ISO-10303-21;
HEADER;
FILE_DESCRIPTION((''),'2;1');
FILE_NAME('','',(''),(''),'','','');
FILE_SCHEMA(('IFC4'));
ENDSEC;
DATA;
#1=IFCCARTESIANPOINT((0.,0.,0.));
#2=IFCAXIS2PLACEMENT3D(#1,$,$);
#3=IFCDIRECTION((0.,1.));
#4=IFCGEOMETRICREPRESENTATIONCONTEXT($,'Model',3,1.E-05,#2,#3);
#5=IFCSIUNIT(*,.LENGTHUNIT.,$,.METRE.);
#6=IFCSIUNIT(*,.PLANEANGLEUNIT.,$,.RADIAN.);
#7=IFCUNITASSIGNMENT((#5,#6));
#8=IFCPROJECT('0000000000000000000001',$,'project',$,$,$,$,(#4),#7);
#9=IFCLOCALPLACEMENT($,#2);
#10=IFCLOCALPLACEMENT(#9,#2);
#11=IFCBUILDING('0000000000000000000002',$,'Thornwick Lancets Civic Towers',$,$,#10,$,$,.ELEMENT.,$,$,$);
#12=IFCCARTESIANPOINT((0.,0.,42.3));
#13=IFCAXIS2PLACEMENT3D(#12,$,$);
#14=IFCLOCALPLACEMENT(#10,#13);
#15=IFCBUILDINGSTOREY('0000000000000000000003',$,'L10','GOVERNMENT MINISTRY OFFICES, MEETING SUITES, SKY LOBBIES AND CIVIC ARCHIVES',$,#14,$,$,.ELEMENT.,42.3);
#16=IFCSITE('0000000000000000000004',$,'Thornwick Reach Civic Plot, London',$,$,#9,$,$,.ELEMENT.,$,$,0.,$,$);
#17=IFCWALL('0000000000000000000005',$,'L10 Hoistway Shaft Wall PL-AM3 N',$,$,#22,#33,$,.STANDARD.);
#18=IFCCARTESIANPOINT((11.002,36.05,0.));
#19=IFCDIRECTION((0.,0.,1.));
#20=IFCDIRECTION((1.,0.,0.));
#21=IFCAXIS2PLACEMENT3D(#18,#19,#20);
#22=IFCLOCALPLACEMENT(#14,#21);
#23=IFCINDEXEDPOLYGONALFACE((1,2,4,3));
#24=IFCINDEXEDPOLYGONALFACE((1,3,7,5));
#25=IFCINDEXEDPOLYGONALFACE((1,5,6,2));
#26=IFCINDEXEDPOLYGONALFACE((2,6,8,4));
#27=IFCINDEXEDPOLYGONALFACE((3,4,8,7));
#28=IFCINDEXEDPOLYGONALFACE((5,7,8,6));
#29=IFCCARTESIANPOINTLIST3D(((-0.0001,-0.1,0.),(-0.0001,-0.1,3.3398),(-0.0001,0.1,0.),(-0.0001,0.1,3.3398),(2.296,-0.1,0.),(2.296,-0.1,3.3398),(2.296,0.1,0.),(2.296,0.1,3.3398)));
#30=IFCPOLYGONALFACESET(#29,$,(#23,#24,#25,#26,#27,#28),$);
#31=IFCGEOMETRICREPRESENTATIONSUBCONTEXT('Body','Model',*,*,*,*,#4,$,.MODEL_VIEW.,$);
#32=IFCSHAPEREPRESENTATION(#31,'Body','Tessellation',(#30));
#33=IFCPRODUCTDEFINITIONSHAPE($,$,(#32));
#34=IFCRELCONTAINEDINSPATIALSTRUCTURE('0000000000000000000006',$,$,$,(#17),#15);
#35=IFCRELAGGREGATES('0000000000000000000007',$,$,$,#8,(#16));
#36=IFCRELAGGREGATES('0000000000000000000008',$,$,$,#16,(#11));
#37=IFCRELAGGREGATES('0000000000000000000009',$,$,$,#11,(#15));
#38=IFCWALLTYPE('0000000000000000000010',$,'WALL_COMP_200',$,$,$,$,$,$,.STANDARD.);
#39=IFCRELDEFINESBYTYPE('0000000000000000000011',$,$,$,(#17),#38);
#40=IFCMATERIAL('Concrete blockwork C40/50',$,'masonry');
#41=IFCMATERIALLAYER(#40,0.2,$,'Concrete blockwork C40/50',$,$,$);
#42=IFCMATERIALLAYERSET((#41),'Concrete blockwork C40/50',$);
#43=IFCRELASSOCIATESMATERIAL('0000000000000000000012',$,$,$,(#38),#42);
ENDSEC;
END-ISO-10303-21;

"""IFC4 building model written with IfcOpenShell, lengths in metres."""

from ifc_helpers import new_model, si_unit, direction, frame, frame_2d, origin, place, context, subcontext, project, spatial, rectangle, extrude, material, layer, layer_set, type_object, element, save


model = new_model("IFC4")

# Units and contexts
model_context = context("Model", 3, precision=1e-05, world=origin(), true_north=direction((0.0, 1.0)))
body_context = subcontext(model_context, "Body", "Model", "MODEL_VIEW")
ifc_project = project(units=[si_unit("LENGTHUNIT", "METRE"), si_unit("PLANEANGLEUNIT", "RADIAN")], contexts=[model_context])

# Site, building, storey
site_placement = place(None, origin())
site = spatial("IfcSite", under=ifc_project, at=site_placement, Name="Thornwick Reach Civic Plot, London", CompositionType="ELEMENT", RefElevation=0.0)
building_placement = place(site_placement, origin())
building = spatial("IfcBuilding", under=site, at=building_placement, Name="Thornwick Lancets Civic Towers", CompositionType="ELEMENT")
storey_placement = place(building_placement, frame((0.0, 0.0, 42.3)))
storey = spatial("IfcBuildingStorey", under=building, at=storey_placement, Name="L10", Description="GOVERNMENT MINISTRY OFFICES, MEETING SUITES, SKY LOBBIES AND CIVIC ARCHIVES", CompositionType="ELEMENT", Elevation=42.3)

# Wall
ifc_material_1 = material(Name="Concrete blockwork C40/50", Category="masonry")
ifc_layer_1 = layer(ifc_material_1, 0.2, Name="Concrete blockwork C40/50")
ifc_layer_set_1 = layer_set([ifc_layer_1], Name="Concrete blockwork C40/50")
wall_type_1 = type_object("IfcWallType", Name="WALL_COMP_200", PredefinedType="STANDARD", material=ifc_layer_set_1)
wall_1_placement = place(storey_placement, frame((11.002, 36.05, 0.0), z_axis=(0.0, 0.0, 1.0), x_axis=(1.0, 0.0, 0.0)))
element("IfcWall", 1, at=wall_1_placement, inside=storey, type_object=wall_type_1, Name="L10 Hoistway Shaft Wall PL-AM3 N", PredefinedType="STANDARD", context=body_context, shape_type="SweptSolid", body=[
    extrude(rectangle(XDim=2.2961, YDim=0.2, at=frame_2d((1.1479, 0.0))), origin(), (0.0, 0.0, 1.0), 3.3398),
])

save(model, "model.ifc")
